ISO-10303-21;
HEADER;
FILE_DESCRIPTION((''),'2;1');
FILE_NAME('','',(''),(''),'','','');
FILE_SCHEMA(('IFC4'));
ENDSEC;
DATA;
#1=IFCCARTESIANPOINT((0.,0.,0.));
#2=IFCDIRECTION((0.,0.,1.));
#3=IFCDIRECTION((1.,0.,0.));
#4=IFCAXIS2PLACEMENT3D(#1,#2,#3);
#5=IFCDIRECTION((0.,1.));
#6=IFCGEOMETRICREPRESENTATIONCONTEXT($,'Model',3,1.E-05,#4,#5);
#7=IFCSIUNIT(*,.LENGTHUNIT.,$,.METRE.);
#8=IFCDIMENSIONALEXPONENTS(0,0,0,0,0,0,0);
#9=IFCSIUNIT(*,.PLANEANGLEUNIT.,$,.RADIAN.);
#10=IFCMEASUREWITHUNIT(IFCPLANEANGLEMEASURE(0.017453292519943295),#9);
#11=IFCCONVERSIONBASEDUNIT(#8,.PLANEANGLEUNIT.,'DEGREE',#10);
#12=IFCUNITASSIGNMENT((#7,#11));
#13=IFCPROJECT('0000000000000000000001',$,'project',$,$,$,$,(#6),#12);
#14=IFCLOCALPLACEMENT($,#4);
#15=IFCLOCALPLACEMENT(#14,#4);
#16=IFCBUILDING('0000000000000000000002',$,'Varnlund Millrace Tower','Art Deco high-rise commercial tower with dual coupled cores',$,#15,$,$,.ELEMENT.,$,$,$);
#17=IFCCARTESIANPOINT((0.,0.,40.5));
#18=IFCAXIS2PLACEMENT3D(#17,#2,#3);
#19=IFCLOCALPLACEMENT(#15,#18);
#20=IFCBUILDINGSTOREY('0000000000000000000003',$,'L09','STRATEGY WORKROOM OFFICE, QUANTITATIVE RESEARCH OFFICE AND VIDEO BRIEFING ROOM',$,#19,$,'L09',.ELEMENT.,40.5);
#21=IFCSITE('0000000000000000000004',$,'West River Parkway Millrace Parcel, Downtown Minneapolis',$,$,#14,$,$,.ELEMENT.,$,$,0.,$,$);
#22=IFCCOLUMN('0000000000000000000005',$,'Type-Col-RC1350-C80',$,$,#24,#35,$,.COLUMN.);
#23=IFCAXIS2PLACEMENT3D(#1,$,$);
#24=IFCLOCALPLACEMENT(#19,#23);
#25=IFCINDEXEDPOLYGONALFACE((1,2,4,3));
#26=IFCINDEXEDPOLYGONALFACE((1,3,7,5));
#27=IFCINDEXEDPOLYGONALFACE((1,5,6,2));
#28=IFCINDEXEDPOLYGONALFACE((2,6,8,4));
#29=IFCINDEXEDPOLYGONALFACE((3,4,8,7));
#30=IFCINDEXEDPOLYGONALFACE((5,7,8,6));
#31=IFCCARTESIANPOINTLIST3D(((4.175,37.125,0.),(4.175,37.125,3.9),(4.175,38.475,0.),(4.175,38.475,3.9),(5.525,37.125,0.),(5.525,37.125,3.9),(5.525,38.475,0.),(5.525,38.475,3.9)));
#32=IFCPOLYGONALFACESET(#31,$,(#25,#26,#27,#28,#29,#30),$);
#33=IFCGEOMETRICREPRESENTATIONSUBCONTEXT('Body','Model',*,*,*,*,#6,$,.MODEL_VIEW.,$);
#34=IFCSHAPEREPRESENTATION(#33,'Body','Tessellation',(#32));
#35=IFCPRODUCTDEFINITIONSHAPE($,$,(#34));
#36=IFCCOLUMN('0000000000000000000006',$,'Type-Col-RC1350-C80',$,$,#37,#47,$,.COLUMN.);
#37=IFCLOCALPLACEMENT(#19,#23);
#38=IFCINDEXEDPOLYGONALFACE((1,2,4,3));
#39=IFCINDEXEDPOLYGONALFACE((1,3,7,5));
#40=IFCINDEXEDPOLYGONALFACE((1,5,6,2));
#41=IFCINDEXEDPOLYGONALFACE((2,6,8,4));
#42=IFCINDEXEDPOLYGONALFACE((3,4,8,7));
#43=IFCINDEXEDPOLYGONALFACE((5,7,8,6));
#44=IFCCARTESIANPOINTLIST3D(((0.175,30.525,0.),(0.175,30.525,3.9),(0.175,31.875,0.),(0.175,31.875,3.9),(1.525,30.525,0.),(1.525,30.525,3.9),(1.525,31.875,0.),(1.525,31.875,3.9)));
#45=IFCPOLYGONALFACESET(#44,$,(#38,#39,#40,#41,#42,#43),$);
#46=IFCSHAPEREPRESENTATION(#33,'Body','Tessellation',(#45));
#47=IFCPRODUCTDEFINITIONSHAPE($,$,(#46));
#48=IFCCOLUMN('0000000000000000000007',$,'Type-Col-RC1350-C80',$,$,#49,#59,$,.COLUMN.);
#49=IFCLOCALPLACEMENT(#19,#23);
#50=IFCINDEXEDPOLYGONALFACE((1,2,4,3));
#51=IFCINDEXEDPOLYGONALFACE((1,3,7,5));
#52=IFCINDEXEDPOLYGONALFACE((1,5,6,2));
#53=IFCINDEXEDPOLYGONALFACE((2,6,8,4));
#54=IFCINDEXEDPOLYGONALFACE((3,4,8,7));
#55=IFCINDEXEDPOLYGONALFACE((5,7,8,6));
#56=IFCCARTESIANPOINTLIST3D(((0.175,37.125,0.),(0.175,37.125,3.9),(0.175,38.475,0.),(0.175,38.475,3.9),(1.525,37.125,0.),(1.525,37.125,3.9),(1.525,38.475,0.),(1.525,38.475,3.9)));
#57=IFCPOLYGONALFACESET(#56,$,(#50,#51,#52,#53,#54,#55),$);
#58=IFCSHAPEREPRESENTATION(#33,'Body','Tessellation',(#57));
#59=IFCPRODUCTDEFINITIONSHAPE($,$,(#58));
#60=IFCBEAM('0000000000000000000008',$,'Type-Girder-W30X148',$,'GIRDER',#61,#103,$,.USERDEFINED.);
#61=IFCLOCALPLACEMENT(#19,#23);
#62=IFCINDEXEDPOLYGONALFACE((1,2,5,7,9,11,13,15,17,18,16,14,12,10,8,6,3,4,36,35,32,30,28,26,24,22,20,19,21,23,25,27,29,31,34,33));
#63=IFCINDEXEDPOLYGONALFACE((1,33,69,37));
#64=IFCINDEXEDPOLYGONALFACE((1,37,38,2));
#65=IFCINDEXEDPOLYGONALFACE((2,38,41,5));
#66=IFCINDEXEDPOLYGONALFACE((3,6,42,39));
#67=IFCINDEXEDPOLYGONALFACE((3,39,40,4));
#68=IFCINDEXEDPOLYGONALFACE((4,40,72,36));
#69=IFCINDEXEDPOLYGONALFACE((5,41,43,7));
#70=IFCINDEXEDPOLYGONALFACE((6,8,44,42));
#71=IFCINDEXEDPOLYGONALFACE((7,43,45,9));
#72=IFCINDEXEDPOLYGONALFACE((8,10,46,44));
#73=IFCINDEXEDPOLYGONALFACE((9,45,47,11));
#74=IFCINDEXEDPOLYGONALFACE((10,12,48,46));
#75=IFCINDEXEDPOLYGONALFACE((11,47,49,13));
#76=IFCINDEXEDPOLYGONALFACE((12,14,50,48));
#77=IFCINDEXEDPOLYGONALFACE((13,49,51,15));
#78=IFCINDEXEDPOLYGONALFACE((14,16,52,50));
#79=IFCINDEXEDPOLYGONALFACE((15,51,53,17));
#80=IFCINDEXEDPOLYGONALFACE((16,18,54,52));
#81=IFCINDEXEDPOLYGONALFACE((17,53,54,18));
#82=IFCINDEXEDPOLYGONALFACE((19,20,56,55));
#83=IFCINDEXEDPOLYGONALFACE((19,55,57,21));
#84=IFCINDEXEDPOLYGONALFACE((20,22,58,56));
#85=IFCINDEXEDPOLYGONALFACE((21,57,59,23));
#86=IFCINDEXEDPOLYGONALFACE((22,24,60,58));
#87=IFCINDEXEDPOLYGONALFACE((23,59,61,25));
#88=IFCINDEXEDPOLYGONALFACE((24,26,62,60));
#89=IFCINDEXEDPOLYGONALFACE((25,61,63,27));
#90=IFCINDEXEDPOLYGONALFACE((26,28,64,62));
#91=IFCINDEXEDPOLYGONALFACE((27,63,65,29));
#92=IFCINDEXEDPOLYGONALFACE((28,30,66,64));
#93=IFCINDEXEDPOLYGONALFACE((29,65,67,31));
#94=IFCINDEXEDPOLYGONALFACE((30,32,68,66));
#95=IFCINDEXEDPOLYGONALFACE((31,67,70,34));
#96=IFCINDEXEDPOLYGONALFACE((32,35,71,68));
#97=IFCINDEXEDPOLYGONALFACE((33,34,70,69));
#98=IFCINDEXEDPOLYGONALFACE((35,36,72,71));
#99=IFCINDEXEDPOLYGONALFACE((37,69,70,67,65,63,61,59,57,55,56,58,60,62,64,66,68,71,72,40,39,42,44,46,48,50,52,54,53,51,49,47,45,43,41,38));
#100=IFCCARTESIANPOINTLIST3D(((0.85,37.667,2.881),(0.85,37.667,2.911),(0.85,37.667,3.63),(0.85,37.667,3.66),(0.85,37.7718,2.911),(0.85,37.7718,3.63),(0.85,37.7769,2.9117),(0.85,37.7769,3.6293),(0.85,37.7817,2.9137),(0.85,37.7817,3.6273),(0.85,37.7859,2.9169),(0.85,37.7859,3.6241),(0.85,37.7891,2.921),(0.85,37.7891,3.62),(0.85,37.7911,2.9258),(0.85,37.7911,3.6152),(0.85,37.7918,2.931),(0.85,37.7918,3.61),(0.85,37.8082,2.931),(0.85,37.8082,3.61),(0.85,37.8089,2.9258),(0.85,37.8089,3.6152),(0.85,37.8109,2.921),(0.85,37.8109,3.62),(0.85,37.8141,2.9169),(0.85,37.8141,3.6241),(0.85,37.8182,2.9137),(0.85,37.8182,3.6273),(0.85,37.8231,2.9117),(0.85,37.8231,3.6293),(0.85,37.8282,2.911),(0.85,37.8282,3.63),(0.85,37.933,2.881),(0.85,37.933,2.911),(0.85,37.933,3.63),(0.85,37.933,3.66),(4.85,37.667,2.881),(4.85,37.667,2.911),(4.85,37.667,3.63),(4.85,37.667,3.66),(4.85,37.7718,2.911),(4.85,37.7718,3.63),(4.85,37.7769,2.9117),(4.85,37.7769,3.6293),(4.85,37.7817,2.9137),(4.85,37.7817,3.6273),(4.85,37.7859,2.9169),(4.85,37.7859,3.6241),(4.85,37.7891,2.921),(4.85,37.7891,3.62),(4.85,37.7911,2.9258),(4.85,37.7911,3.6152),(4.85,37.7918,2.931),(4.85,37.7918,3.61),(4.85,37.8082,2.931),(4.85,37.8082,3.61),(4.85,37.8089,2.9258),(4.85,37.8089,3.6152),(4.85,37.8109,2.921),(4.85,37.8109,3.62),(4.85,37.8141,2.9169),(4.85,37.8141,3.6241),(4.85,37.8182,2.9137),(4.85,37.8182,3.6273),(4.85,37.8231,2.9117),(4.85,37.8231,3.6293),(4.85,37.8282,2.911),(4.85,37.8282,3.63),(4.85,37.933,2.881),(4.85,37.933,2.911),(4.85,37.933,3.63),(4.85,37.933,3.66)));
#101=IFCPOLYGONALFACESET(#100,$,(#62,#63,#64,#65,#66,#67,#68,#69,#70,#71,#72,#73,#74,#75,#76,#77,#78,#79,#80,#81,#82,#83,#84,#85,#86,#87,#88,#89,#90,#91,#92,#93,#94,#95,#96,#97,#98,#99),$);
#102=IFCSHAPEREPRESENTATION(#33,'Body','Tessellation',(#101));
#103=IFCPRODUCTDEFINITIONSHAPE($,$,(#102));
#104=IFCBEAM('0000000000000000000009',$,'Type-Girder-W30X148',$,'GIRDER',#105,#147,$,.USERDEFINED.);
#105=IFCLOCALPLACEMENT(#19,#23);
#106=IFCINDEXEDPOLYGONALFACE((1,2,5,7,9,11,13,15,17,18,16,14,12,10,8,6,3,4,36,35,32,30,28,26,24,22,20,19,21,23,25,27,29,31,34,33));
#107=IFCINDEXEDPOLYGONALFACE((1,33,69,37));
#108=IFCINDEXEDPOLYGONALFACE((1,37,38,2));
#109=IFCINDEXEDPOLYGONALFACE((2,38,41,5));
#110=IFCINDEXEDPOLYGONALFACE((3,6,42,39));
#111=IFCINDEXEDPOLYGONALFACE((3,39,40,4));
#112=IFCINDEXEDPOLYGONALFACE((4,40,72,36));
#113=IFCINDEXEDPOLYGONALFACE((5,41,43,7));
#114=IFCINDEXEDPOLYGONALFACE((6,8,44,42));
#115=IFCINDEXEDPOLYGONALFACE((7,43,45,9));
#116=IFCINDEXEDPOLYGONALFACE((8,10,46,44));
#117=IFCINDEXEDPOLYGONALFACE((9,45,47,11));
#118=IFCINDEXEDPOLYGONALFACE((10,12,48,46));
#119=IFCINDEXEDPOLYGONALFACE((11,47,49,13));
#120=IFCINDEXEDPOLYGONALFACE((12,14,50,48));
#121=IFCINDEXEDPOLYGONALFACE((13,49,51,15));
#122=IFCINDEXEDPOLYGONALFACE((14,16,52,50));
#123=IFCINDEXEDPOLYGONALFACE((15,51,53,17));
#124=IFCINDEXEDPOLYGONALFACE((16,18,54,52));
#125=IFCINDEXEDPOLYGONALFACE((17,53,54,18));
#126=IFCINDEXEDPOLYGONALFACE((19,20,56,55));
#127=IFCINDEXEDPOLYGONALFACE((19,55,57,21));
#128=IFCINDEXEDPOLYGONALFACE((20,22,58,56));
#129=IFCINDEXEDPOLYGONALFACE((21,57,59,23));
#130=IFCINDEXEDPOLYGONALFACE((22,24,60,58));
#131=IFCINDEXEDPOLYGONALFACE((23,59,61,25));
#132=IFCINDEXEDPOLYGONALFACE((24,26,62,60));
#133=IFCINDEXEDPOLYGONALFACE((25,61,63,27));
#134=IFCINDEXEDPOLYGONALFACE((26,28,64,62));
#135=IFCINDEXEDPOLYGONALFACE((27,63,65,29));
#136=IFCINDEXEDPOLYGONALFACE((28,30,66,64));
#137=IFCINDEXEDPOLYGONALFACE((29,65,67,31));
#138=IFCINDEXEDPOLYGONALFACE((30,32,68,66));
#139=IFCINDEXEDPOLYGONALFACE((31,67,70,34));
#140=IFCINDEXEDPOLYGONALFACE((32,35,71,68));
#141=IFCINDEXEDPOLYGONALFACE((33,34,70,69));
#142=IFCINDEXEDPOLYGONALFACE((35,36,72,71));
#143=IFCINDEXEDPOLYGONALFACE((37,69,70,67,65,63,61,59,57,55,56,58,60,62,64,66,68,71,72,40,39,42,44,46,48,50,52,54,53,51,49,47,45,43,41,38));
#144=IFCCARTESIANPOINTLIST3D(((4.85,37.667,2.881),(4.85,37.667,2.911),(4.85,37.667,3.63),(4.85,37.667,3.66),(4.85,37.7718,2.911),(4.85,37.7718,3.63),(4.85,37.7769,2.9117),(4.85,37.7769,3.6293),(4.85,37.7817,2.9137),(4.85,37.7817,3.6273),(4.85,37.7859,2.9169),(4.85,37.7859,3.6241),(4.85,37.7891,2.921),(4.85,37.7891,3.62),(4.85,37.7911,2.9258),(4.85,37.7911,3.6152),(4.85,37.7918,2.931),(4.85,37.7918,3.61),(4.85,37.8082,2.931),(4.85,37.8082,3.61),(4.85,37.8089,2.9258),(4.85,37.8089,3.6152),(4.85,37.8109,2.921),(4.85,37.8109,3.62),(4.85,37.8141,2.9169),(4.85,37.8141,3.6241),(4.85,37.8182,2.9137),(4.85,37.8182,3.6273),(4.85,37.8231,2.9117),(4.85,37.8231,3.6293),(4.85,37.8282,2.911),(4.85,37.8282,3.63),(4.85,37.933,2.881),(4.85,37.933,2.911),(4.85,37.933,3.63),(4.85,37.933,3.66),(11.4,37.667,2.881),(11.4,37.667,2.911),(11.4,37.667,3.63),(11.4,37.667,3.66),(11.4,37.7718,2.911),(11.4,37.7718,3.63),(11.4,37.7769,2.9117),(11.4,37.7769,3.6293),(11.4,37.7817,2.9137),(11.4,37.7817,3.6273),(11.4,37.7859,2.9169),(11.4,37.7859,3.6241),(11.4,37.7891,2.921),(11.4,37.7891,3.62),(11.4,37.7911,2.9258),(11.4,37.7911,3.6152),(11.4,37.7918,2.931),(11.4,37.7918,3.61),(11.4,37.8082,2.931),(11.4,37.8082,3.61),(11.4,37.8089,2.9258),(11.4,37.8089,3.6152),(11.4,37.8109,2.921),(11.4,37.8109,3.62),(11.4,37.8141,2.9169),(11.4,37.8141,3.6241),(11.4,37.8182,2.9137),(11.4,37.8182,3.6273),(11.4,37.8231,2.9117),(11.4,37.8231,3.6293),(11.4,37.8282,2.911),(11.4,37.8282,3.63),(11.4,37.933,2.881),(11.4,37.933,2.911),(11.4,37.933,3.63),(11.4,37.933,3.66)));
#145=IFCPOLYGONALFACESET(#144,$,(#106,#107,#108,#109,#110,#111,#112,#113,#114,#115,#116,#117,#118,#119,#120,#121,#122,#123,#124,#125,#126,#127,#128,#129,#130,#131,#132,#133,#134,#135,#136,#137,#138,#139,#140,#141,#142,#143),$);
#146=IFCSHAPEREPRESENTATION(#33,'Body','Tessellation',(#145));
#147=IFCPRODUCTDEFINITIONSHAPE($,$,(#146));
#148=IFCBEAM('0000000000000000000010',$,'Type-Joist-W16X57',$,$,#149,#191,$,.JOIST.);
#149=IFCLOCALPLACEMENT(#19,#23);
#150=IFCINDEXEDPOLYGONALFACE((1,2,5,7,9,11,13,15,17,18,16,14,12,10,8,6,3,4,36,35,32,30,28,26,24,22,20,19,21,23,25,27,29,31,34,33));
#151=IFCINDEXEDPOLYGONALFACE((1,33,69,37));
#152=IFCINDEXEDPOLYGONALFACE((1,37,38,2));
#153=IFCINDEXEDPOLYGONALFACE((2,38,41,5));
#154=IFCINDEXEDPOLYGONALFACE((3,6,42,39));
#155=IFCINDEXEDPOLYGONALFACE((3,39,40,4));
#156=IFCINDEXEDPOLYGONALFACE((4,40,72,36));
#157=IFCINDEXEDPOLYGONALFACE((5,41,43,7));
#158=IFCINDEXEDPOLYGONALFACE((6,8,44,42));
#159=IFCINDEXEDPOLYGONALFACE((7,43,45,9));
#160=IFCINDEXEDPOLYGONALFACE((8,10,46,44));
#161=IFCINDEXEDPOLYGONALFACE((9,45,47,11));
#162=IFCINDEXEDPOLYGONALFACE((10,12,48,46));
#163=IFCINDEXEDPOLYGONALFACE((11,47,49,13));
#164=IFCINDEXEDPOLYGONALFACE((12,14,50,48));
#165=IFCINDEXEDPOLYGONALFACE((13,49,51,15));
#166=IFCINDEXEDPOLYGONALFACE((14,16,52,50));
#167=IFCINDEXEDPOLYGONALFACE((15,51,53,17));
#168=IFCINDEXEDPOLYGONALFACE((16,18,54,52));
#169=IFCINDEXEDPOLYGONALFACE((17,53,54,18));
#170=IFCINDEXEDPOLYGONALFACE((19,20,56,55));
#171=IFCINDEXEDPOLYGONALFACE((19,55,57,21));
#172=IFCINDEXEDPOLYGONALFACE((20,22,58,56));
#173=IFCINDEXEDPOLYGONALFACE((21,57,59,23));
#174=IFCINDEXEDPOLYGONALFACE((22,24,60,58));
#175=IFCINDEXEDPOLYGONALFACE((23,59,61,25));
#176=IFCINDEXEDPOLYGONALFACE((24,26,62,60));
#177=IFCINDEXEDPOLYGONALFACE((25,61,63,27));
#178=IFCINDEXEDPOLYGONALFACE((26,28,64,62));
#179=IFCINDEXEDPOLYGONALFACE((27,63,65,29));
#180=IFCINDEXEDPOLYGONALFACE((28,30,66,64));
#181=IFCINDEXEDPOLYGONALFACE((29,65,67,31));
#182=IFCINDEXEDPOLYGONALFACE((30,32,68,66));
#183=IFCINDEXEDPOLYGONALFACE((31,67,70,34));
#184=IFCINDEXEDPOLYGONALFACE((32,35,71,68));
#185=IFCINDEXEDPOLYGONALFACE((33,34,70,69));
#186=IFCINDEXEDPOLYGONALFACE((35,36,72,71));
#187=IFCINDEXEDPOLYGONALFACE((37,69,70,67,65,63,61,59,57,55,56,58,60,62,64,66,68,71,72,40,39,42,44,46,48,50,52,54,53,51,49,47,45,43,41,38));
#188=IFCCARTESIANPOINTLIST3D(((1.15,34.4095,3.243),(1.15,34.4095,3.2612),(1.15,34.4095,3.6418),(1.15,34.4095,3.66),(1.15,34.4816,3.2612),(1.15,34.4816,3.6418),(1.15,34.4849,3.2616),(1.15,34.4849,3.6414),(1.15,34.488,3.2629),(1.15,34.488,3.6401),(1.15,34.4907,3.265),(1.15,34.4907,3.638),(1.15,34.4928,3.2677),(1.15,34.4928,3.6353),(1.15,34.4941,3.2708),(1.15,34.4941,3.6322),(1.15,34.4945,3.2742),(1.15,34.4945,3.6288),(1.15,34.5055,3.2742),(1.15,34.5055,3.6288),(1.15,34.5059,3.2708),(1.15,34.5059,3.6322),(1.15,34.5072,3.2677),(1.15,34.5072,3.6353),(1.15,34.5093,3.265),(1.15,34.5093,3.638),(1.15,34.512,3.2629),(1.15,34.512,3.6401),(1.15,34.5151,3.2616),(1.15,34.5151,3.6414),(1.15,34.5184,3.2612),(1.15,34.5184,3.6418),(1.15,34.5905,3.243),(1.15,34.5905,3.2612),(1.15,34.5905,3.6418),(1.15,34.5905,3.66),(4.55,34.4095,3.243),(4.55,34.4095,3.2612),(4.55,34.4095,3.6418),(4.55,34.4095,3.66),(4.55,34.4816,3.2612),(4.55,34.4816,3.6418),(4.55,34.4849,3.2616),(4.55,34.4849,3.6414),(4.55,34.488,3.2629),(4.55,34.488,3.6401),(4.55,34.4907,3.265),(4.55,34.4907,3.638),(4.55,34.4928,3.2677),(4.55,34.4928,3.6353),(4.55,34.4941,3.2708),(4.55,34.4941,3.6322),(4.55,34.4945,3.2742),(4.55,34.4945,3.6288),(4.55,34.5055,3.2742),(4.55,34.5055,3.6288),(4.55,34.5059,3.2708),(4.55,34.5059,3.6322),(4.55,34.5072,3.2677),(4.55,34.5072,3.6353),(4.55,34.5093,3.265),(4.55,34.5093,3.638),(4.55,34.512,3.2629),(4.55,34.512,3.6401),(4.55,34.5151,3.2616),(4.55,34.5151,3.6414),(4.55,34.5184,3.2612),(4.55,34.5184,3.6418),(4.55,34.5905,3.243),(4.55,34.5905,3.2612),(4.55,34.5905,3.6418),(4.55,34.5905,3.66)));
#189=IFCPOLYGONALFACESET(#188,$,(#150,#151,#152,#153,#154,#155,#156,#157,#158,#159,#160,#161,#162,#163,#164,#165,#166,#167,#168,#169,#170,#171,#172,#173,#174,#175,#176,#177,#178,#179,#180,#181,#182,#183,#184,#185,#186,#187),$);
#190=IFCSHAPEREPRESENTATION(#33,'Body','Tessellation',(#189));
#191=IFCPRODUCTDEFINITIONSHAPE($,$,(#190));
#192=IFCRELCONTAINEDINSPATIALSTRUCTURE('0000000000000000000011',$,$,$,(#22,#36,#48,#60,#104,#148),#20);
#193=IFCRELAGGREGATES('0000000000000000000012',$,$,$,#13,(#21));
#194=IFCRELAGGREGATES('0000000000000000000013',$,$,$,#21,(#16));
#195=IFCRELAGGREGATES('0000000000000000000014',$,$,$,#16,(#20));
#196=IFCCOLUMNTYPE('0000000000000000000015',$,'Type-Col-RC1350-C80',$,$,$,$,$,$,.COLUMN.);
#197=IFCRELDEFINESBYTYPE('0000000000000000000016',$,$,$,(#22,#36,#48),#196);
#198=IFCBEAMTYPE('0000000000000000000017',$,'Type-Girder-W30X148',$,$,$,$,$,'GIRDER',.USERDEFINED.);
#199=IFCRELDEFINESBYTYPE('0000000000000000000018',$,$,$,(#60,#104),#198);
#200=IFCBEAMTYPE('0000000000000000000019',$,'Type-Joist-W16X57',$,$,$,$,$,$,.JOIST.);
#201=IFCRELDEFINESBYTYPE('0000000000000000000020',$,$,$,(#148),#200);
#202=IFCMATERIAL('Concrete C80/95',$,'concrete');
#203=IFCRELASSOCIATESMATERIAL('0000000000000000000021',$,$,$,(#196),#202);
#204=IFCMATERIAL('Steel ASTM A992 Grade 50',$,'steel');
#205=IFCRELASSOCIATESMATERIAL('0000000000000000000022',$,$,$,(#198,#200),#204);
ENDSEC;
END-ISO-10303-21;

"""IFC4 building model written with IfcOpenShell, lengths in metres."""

from ifc_helpers import new_model, entity, si_unit, converted_unit, direction, frame, origin_with_axes, origin_2d_with_axis, place, context, subcontext, project, spatial, rectangle, i_section, extrude, material, material_profile, profile_set, type_object, element, save


model = new_model("IFC4")

# Units and contexts
model_context = context("Model", 3, precision=1e-05, world=origin_with_axes(), true_north=direction((0.0, 1.0)))
body_context = subcontext(model_context, "Body", "Model", "MODEL_VIEW")
ifc_project = project(units=[si_unit("LENGTHUNIT", "METRE"), converted_unit("PLANEANGLEUNIT", "DEGREE", entity("IfcPlaneAngleMeasure", 0.017453292519943295), si_unit("PLANEANGLEUNIT", "RADIAN"), dimensions=[0, 0, 0, 0, 0, 0, 0])], contexts=[model_context])

# Site, building, storey
site_placement = place(None, origin_with_axes())
site = spatial("IfcSite", under=ifc_project, at=site_placement, Name="West River Parkway Millrace Parcel, Downtown Minneapolis", CompositionType="ELEMENT", RefElevation=0.0)
building_placement = place(site_placement, origin_with_axes())
building = spatial("IfcBuilding", under=site, at=building_placement, Name="Varnlund Millrace Tower", Description="Art Deco high-rise commercial tower with dual coupled cores", CompositionType="ELEMENT")
storey_placement = place(building_placement, frame((0.0, 0.0, 40.5), z_axis=(0.0, 0.0, 1.0), x_axis=(1.0, 0.0, 0.0)))
storey = spatial("IfcBuildingStorey", under=building, at=storey_placement, Name="L09", Description="STRATEGY WORKROOM OFFICE, QUANTITATIVE RESEARCH OFFICE AND VIDEO BRIEFING ROOM", LongName="L09", CompositionType="ELEMENT", Elevation=40.5)

# Columns
ifc_material_1 = material(Name="Concrete C80/95", Category="concrete")
ifc_material_profile_1 = material_profile(ifc_material_1, rectangle(XDim=1.35, YDim=1.35, at=origin_2d_with_axis()), Name="Concrete C80/95")
ifc_profile_set_1 = profile_set([ifc_material_profile_1], Name="Concrete C80/95")
column_type = type_object("IfcColumnType", Name="Type-Col-RC1350-C80", PredefinedType="COLUMN", material=ifc_profile_set_1)
for number, where, z_axis, x_axis, name in (
    (1, (4.85, 37.8, 0.0), (0.0, 0.0, 1.0), (1.0, 0.0, 0.0), "Type-Col-RC1350-C80"),
    (2, (0.85, 31.2, 0.0), (0.0, 0.0, 1.0), (1.0, 0.0, 0.0), "Type-Col-RC1350-C80"),
    (3, (0.85, 37.8, 0.0), (0.0, 0.0, 1.0), (1.0, 0.0, 0.0), "Type-Col-RC1350-C80"),
):
    element("IfcColumn", number, at=place(storey_placement, frame(where, z_axis=z_axis, x_axis=x_axis)), inside=storey, type_object=column_type, Name=name, PredefinedType="COLUMN", context=body_context, shape_type="SweptSolid", body=[
        extrude(rectangle(XDim=1.35, YDim=1.35, at=origin_2d_with_axis()), origin_with_axes(), (0.0, 0.0, 1.0), 3.9),
    ])

# Beams
ifc_material_2 = material(Name="Steel ASTM A992 Grade 50", Category="steel")
ifc_material_profile_2 = material_profile(ifc_material_2, i_section(OverallWidth=0.266, OverallDepth=0.779, WebThickness=0.0165, FlangeThickness=0.03, FilletRadius=0.02, at=origin_2d_with_axis()), Name="Steel ASTM A992 Grade 50")
ifc_profile_set_2 = profile_set([ifc_material_profile_2], Name="Steel ASTM A992 Grade 50")
beam_type_1 = type_object("IfcBeamType", Name="Type-Girder-W30X148", ElementType="GIRDER", PredefinedType="USERDEFINED", material=ifc_profile_set_2)
beam_1_placement = place(storey_placement, frame((0.85, 37.8, 3.2705), z_axis=(1.0, 0.0, 0.0), x_axis=(0.0, 1.0, 0.0)))
element("IfcBeam", 4, at=beam_1_placement, inside=storey, type_object=beam_type_1, Name="Type-Girder-W30X148", ObjectType="GIRDER", PredefinedType="USERDEFINED", context=body_context, shape_type="SweptSolid", body=[
    extrude(i_section(OverallWidth=0.266, OverallDepth=0.779, WebThickness=0.0165, FlangeThickness=0.03, FilletRadius=0.02, at=origin_2d_with_axis()), origin_with_axes(), (0.0, 0.0, 1.0), 4.0),
])
beam_2_placement = place(storey_placement, frame((4.85, 37.8, 3.2705), z_axis=(1.0, 0.0, 0.0), x_axis=(0.0, 1.0, 0.0)))
element("IfcBeam", 5, at=beam_2_placement, inside=storey, type_object=beam_type_1, Name="Type-Girder-W30X148", ObjectType="GIRDER", PredefinedType="USERDEFINED", context=body_context, shape_type="SweptSolid", body=[
    extrude(i_section(OverallWidth=0.266, OverallDepth=0.779, WebThickness=0.0165, FlangeThickness=0.03, FilletRadius=0.02, at=origin_2d_with_axis()), origin_with_axes(), (0.0, 0.0, 1.0), 6.55),
])
ifc_material_profile_3 = material_profile(ifc_material_2, i_section(OverallWidth=0.181, OverallDepth=0.417, WebThickness=0.0109, FlangeThickness=0.0182, FilletRadius=0.013, at=origin_2d_with_axis()), Name="Steel ASTM A992 Grade 50")
ifc_profile_set_3 = profile_set([ifc_material_profile_3], Name="Steel ASTM A992 Grade 50")
beam_type_2 = type_object("IfcBeamType", Name="Type-Joist-W16X57", PredefinedType="JOIST", material=ifc_profile_set_3)
beam_3_placement = place(storey_placement, frame((1.15, 34.5, 3.4515), z_axis=(1.0, 0.0, 0.0), x_axis=(0.0, 1.0, 0.0)))
element("IfcBeam", 6, at=beam_3_placement, inside=storey, type_object=beam_type_2, Name="Type-Joist-W16X57", PredefinedType="JOIST", context=body_context, shape_type="SweptSolid", body=[
    extrude(i_section(OverallWidth=0.181, OverallDepth=0.417, WebThickness=0.0109, FlangeThickness=0.0182, FilletRadius=0.013, at=origin_2d_with_axis()), origin_with_axes(), (0.0, 0.0, 1.0), 3.4),
])

save(model, "model.ifc")
